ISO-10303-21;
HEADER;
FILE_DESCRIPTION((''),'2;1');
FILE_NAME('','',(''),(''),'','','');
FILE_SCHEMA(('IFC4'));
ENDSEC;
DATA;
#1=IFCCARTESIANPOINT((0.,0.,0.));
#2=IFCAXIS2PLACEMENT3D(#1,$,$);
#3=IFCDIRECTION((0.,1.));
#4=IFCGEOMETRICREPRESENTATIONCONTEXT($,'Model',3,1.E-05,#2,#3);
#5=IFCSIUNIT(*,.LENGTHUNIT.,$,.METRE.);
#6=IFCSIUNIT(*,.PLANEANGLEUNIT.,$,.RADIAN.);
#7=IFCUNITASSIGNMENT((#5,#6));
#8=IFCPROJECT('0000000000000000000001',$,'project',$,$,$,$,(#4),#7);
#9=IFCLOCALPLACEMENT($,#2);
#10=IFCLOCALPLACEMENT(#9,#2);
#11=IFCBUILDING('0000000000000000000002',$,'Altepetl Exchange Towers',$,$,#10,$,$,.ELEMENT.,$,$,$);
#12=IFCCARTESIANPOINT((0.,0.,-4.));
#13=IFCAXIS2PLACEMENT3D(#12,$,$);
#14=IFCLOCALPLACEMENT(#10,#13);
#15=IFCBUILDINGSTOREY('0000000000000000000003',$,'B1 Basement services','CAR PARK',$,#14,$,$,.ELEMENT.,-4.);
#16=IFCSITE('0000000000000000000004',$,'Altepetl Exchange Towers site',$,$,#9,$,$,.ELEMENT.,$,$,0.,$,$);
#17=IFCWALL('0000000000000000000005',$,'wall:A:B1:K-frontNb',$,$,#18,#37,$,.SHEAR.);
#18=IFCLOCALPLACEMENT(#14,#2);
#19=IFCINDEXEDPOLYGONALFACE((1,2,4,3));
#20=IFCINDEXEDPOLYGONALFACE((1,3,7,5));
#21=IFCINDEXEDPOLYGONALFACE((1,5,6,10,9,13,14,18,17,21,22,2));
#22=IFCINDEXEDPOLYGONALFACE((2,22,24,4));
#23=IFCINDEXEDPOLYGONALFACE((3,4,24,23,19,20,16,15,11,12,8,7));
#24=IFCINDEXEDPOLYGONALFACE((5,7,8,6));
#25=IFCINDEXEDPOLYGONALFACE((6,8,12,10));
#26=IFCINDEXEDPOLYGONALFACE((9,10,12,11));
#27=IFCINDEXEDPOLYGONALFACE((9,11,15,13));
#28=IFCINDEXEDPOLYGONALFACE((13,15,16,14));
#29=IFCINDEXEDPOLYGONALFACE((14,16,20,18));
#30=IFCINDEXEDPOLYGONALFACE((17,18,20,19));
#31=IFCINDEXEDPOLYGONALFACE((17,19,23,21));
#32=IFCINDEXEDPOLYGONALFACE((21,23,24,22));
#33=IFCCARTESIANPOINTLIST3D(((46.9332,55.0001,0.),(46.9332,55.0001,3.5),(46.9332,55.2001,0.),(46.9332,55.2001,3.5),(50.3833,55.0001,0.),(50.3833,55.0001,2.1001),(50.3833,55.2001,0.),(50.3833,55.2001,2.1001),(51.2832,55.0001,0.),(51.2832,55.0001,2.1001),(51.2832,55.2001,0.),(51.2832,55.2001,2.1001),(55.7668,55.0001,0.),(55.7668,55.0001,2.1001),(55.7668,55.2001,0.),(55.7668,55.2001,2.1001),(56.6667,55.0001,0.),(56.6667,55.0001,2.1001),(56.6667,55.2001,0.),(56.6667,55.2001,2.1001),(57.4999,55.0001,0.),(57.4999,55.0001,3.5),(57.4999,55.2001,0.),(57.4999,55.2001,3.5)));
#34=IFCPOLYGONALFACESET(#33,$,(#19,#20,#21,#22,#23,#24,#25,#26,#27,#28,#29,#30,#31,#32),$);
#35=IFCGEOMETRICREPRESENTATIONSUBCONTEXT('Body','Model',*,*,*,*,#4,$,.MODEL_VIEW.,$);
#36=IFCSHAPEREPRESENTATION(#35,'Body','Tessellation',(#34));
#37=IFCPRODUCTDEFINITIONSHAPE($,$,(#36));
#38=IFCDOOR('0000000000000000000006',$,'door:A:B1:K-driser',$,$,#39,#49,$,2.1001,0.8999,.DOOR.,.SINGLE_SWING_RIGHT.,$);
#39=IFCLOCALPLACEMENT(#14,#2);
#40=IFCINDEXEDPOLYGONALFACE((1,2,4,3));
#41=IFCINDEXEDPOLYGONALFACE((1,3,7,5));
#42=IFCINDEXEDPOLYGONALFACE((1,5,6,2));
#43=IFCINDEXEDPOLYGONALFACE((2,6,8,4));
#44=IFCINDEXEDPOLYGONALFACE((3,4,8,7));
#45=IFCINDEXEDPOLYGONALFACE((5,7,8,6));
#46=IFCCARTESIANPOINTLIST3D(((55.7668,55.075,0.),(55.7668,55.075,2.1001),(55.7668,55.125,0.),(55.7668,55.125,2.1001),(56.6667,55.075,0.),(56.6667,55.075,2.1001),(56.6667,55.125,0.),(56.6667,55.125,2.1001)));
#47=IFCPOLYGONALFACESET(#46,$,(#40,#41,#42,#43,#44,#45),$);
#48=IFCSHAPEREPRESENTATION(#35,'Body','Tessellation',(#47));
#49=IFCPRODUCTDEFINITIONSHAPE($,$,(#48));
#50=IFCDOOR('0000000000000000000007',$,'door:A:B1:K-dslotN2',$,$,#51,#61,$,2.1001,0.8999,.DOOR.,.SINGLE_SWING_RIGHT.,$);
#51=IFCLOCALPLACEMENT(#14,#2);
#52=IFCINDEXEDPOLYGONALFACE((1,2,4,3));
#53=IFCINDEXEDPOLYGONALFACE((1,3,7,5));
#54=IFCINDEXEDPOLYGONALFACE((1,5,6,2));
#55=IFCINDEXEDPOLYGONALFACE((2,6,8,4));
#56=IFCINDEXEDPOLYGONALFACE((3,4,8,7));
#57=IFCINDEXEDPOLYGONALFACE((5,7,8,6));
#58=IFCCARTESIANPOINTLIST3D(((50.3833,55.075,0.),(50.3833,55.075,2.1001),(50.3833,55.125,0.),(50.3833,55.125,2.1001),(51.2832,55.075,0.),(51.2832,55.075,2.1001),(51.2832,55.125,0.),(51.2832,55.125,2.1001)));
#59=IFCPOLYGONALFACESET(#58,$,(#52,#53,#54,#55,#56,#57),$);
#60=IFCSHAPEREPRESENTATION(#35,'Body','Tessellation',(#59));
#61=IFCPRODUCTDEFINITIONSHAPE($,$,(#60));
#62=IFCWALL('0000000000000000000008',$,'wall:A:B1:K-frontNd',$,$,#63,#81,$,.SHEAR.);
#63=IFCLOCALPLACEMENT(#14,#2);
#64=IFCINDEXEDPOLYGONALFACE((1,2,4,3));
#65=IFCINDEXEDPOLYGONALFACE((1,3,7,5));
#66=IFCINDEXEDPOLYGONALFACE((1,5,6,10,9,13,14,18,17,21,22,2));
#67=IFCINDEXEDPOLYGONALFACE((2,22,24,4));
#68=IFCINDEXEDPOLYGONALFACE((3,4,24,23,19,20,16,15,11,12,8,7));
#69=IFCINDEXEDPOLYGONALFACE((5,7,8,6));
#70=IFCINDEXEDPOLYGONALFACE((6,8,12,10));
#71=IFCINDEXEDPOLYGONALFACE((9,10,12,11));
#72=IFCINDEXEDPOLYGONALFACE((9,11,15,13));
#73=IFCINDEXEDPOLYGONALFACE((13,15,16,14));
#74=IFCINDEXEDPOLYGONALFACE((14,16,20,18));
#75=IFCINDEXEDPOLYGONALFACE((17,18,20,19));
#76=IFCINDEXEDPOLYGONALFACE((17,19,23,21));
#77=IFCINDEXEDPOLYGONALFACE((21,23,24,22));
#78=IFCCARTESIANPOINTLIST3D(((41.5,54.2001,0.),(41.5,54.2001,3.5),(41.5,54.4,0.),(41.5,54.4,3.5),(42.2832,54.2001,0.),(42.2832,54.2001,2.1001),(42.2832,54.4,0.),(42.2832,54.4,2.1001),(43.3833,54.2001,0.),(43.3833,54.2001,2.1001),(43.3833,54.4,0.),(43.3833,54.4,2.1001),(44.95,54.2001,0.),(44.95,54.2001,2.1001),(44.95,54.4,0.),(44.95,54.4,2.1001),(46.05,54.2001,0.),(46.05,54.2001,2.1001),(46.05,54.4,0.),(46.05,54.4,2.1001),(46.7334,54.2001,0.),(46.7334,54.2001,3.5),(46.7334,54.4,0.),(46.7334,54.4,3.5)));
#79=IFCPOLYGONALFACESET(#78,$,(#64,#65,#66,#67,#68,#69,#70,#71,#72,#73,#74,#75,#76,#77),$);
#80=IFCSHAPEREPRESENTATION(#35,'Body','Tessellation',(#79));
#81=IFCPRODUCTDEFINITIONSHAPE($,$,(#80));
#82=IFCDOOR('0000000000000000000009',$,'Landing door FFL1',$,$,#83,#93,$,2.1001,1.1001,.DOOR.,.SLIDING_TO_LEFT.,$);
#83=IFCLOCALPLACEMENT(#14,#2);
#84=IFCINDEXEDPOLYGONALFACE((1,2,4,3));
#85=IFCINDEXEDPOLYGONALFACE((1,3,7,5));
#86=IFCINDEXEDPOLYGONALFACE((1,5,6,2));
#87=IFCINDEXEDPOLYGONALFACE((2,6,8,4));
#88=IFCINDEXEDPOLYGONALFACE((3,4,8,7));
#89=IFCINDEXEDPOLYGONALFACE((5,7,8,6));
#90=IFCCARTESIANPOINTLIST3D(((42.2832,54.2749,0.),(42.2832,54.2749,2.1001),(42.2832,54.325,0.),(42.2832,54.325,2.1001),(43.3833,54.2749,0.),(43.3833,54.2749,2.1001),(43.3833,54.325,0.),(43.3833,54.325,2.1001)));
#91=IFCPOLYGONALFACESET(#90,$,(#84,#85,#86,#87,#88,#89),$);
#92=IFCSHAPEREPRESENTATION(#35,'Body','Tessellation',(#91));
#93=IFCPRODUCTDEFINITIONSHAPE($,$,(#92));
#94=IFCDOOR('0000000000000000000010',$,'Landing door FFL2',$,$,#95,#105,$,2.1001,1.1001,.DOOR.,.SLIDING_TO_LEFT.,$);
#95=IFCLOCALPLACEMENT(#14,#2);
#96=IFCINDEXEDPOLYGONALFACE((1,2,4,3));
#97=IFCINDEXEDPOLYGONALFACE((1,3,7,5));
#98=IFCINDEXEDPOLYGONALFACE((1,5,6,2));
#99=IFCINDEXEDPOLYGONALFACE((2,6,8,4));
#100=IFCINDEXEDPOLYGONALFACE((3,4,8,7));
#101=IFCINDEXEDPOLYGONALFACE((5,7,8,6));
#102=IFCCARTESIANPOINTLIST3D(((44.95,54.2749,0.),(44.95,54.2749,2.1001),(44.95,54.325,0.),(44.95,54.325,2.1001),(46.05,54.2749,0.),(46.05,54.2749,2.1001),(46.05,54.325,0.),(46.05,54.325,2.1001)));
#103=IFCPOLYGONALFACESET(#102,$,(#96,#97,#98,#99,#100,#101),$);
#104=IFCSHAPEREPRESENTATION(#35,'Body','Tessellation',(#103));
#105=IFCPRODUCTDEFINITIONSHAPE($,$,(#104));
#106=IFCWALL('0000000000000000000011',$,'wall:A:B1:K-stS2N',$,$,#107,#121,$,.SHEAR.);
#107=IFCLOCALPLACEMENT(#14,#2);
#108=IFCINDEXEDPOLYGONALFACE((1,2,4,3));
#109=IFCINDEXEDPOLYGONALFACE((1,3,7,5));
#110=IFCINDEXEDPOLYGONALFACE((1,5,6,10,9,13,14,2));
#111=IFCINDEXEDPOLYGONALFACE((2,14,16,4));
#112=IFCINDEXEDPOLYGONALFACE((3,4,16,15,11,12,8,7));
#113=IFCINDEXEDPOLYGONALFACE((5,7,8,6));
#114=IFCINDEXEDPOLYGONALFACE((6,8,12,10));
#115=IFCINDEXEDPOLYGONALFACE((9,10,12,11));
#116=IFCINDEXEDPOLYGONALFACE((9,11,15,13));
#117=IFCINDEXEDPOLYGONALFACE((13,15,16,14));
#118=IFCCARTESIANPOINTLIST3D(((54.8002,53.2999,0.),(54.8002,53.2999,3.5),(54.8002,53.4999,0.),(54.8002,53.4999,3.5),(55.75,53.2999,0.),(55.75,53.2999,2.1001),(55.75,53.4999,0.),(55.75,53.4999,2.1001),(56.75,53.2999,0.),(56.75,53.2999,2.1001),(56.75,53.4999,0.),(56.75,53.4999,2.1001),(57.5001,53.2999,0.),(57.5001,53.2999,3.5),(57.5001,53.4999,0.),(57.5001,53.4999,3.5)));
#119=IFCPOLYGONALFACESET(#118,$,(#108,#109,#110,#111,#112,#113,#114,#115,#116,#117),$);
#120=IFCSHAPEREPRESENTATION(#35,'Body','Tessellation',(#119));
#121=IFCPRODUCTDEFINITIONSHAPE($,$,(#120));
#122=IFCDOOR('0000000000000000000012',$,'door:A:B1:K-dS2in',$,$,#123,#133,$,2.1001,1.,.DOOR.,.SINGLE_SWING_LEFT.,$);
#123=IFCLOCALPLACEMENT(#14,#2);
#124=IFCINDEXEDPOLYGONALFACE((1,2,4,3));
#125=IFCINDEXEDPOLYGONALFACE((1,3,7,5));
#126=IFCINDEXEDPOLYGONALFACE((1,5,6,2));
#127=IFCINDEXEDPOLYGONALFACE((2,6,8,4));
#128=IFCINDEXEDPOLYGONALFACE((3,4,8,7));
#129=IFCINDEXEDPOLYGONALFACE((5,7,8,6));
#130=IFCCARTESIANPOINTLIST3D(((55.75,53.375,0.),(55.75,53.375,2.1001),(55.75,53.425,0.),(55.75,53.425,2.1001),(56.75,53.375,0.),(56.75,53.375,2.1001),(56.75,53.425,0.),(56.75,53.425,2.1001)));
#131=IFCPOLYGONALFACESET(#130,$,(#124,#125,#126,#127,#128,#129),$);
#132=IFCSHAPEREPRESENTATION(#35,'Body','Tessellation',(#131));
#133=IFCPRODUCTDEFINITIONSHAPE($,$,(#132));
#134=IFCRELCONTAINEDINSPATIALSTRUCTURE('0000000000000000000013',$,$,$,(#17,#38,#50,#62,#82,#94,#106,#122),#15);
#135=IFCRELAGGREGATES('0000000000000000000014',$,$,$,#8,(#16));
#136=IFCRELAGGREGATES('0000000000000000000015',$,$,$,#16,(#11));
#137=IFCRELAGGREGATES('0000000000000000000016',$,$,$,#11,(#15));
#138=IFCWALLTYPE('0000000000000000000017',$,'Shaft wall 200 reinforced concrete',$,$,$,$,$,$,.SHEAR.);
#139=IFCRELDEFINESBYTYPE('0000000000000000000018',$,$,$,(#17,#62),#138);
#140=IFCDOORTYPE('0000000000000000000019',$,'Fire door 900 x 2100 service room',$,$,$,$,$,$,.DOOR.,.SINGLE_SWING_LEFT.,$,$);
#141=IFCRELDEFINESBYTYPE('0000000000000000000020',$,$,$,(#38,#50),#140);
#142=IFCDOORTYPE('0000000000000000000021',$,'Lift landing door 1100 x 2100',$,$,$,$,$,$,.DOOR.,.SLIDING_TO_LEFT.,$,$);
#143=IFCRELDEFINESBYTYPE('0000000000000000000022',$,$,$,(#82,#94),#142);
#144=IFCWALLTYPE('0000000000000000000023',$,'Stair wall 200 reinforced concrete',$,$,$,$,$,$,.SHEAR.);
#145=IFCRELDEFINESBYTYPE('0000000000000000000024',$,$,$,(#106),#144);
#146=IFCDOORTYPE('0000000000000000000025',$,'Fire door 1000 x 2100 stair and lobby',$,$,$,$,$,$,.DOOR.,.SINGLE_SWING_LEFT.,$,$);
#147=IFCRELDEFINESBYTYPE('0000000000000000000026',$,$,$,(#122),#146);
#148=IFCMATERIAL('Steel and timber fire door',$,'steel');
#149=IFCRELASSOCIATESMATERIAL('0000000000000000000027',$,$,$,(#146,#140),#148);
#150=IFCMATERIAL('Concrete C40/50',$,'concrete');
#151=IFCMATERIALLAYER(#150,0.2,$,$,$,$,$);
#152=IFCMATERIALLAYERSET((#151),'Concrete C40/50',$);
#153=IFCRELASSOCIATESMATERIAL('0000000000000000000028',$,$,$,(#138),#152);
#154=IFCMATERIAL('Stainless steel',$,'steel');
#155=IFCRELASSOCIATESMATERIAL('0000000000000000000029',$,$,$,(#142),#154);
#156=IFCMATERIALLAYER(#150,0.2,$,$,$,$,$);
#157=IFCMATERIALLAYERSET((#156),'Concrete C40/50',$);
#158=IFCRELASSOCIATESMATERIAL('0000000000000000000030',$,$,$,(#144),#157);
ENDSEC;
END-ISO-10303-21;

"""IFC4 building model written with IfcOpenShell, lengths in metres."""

from ifc_helpers import new_model, si_unit, direction, frame, frame_2d, origin, place, context, subcontext, project, spatial, rectangle, extrude, material, layer, layer_set, type_object, element, fill, save


model = new_model("IFC4")

# Units and contexts
model_context = context("Model", 3, precision=1e-05, world=origin(), true_north=direction((0.0, 1.0)))
body_context = subcontext(model_context, "Body", "Model", "MODEL_VIEW")
ifc_project = project(units=[si_unit("LENGTHUNIT", "METRE"), si_unit("PLANEANGLEUNIT", "RADIAN")], contexts=[model_context])

# Site, building, storey
site_placement = place(None, origin())
site = spatial("IfcSite", under=ifc_project, at=site_placement, Name="Altepetl Exchange Towers site", CompositionType="ELEMENT", RefElevation=0.0)
building_placement = place(site_placement, origin())
building = spatial("IfcBuilding", under=site, at=building_placement, Name="Altepetl Exchange Towers", CompositionType="ELEMENT")
storey_placement = place(building_placement, frame((0.0, 0.0, -4.0)))
storey = spatial("IfcBuildingStorey", under=building, at=storey_placement, Name="B1 Basement services", Description="CAR PARK", CompositionType="ELEMENT", Elevation=-4.0)

# Shared definitions
ifc_material_1 = material(Name="Steel and timber fire door", Category="steel")
door_type_1 = type_object("IfcDoorType", Name="Fire door 1000 x 2100 stair and lobby", OperationType="SINGLE_SWING_LEFT", PredefinedType="DOOR", material=ifc_material_1)

# Shared definitions
ifc_material_2 = material(Name="Concrete C40/50", Category="concrete")
ifc_layer_1 = layer(ifc_material_2, 0.2)
ifc_layer_set_1 = layer_set([ifc_layer_1], Name="Concrete C40/50")
wall_type_1 = type_object("IfcWallType", Name="Shaft wall 200 reinforced concrete", PredefinedType="SHEAR", material=ifc_layer_set_1)

# Walls, openings, doors
wall_1_placement = place(storey_placement, frame((46.9333, 55.1001, 0.0)))
wall_1 = element("IfcWall", 1, at=wall_1_placement, inside=storey, type_object=wall_type_1, Name="wall:A:B1:K-frontNb", PredefinedType="SHEAR", context=body_context, shape_type="SweptSolid", body=[
    extrude(rectangle(XDim=10.5667, YDim=0.2, at=frame_2d((5.2832, 0.0))), origin(), (0.0, 0.0, 1.0), 3.5),
])
opening_1_placement = place(wall_1_placement, frame((8.8335, 0.0, 0.0)))
opening_1 = element("IfcOpeningElement", 2, at=opening_1_placement, cuts=wall_1, PredefinedType="OPENING", context=body_context, shape_type="SweptSolid", body=[
    extrude(rectangle(XDim=0.8999, YDim=2.1001, at=frame_2d((0.45, 1.05))), frame((0.0, 0.1099, 0.0), z_axis=(0.0, -1.0, 0.0), x_axis=(1.0, 0.0, 0.0)), (0.0, 0.0, 1.0), 0.22),
])
opening_2_placement = place(wall_1_placement, frame((3.45, 0.0, 0.0)))
opening_2 = element("IfcOpeningElement", 3, at=opening_2_placement, cuts=wall_1, PredefinedType="OPENING", context=body_context, shape_type="SweptSolid", body=[
    extrude(rectangle(XDim=0.8999, YDim=2.1001, at=frame_2d((0.45, 1.05))), frame((0.0, 0.1099, 0.0), z_axis=(0.0, -1.0, 0.0), x_axis=(1.0, 0.0, 0.0)), (0.0, 0.0, 1.0), 0.22),
])
door_type_2 = type_object("IfcDoorType", Name="Fire door 900 x 2100 service room", OperationType="SINGLE_SWING_LEFT", PredefinedType="DOOR", material=ifc_material_1)
door_1_placement = place(opening_1_placement, origin())
door_1 = element("IfcDoor", 4, at=door_1_placement, inside=storey, type_object=door_type_2, Name="door:A:B1:K-driser", OperationType="SINGLE_SWING_RIGHT", OverallHeight=2.1001, OverallWidth=0.8999, PredefinedType="DOOR", context=body_context, shape_type="SweptSolid", body=[
    extrude(rectangle(XDim=0.8999, YDim=2.1001, at=frame_2d((0.45, 1.05))), frame((0.0, 0.0249, 0.0), z_axis=(0.0, -1.0, 0.0), x_axis=(1.0, 0.0, 0.0)), (0.0, 0.0, 1.0), 0.05),
])
fill(opening_1, door_1)
door_2_placement = place(opening_2_placement, origin())
door_2 = element("IfcDoor", 5, at=door_2_placement, inside=storey, type_object=door_type_2, Name="door:A:B1:K-dslotN2", OperationType="SINGLE_SWING_RIGHT", OverallHeight=2.1001, OverallWidth=0.8999, PredefinedType="DOOR", context=body_context, shape_type="SweptSolid", body=[
    extrude(rectangle(XDim=0.8999, YDim=2.1001, at=frame_2d((0.45, 1.05))), frame((0.0, 0.0249, 0.0), z_axis=(0.0, -1.0, 0.0), x_axis=(1.0, 0.0, 0.0)), (0.0, 0.0, 1.0), 0.05),
])
fill(opening_2, door_2)
wall_2_placement = place(storey_placement, frame((41.5, 54.3, 0.0)))
wall_2 = element("IfcWall", 6, at=wall_2_placement, inside=storey, type_object=wall_type_1, Name="wall:A:B1:K-frontNd", PredefinedType="SHEAR", context=body_context, shape_type="SweptSolid", body=[
    extrude(rectangle(XDim=5.2334, YDim=0.2, at=frame_2d((2.6167, 0.0))), origin(), (0.0, 0.0, 1.0), 3.5),
])
opening_3_placement = place(wall_2_placement, frame((0.7832, 0.0, 0.0)))
opening_3 = element("IfcOpeningElement", 7, at=opening_3_placement, cuts=wall_2, PredefinedType="OPENING", context=body_context, shape_type="SweptSolid", body=[
    extrude(rectangle(XDim=1.1001, YDim=2.1001, at=frame_2d((0.55, 1.05))), frame((0.0, 0.1099, 0.0), z_axis=(0.0, -1.0, 0.0), x_axis=(1.0, 0.0, 0.0)), (0.0, 0.0, 1.0), 0.22),
])
opening_4_placement = place(wall_2_placement, frame((3.45, 0.0, 0.0)))
opening_4 = element("IfcOpeningElement", 8, at=opening_4_placement, cuts=wall_2, PredefinedType="OPENING", context=body_context, shape_type="SweptSolid", body=[
    extrude(rectangle(XDim=1.1001, YDim=2.1001, at=frame_2d((0.55, 1.05))), frame((0.0, 0.1099, 0.0), z_axis=(0.0, -1.0, 0.0), x_axis=(1.0, 0.0, 0.0)), (0.0, 0.0, 1.0), 0.22),
])
ifc_material_3 = material(Name="Stainless steel", Category="steel")
door_type_3 = type_object("IfcDoorType", Name="Lift landing door 1100 x 2100", OperationType="SLIDING_TO_LEFT", PredefinedType="DOOR", material=ifc_material_3)
door_3_placement = place(opening_3_placement, origin())
door_3 = element("IfcDoor", 9, at=door_3_placement, inside=storey, type_object=door_type_3, Name="Landing door FFL1", OperationType="SLIDING_TO_LEFT", OverallHeight=2.1001, OverallWidth=1.1001, PredefinedType="DOOR", context=body_context, shape_type="SweptSolid", body=[
    extrude(rectangle(XDim=1.1001, YDim=2.1001, at=frame_2d((0.55, 1.05))), frame((0.0, 0.0249, 0.0), z_axis=(0.0, -1.0, 0.0), x_axis=(1.0, 0.0, 0.0)), (0.0, 0.0, 1.0), 0.05),
])
fill(opening_3, door_3)
door_4_placement = place(opening_4_placement, origin())
door_4 = element("IfcDoor", 10, at=door_4_placement, inside=storey, type_object=door_type_3, Name="Landing door FFL2", OperationType="SLIDING_TO_LEFT", OverallHeight=2.1001, OverallWidth=1.1001, PredefinedType="DOOR", context=body_context, shape_type="SweptSolid", body=[
    extrude(rectangle(XDim=1.1001, YDim=2.1001, at=frame_2d((0.55, 1.05))), frame((0.0, 0.0249, 0.0), z_axis=(0.0, -1.0, 0.0), x_axis=(1.0, 0.0, 0.0)), (0.0, 0.0, 1.0), 0.05),
])
fill(opening_4, door_4)

# Wall, opening, door
ifc_layer_2 = layer(ifc_material_2, 0.2)
ifc_layer_set_2 = layer_set([ifc_layer_2], Name="Concrete C40/50")
wall_type_2 = type_object("IfcWallType", Name="Stair wall 200 reinforced concrete", PredefinedType="SHEAR", material=ifc_layer_set_2)
wall_3_placement = place(storey_placement, frame((54.8, 53.3999, 0.0)))
wall_3 = element("IfcWall", 11, at=wall_3_placement, inside=storey, type_object=wall_type_2, Name="wall:A:B1:K-stS2N", PredefinedType="SHEAR", context=body_context, shape_type="SweptSolid", body=[
    extrude(rectangle(XDim=2.7, YDim=0.2, at=frame_2d((1.3501, 0.0))), origin(), (0.0, 0.0, 1.0), 3.5),
])
opening_5_placement = place(wall_3_placement, frame((0.95, 0.0, 0.0)))
opening_5 = element("IfcOpeningElement", 12, at=opening_5_placement, cuts=wall_3, PredefinedType="OPENING", context=body_context, shape_type="SweptSolid", body=[
    extrude(rectangle(XDim=1.0, YDim=2.1001, at=frame_2d((0.5, 1.05))), frame((0.0, 0.1099, 0.0), z_axis=(0.0, -1.0, 0.0), x_axis=(1.0, 0.0, 0.0)), (0.0, 0.0, 1.0), 0.22),
])
door_5_placement = place(opening_5_placement, frame((1.0, 0.0, 0.0), x_axis=(-1.0, 0.0, 0.0)))
door_5 = element("IfcDoor", 13, at=door_5_placement, inside=storey, type_object=door_type_1, Name="door:A:B1:K-dS2in", OperationType="SINGLE_SWING_LEFT", OverallHeight=2.1001, OverallWidth=1.0, PredefinedType="DOOR", context=body_context, shape_type="SweptSolid", body=[
    extrude(rectangle(XDim=1.0, YDim=2.1001, at=frame_2d((0.5, 1.05))), frame((0.0, 0.0249, 0.0), z_axis=(0.0, -1.0, 0.0), x_axis=(1.0, 0.0, 0.0)), (0.0, 0.0, 1.0), 0.05),
])
fill(opening_5, door_5)

save(model, "model.ifc")
